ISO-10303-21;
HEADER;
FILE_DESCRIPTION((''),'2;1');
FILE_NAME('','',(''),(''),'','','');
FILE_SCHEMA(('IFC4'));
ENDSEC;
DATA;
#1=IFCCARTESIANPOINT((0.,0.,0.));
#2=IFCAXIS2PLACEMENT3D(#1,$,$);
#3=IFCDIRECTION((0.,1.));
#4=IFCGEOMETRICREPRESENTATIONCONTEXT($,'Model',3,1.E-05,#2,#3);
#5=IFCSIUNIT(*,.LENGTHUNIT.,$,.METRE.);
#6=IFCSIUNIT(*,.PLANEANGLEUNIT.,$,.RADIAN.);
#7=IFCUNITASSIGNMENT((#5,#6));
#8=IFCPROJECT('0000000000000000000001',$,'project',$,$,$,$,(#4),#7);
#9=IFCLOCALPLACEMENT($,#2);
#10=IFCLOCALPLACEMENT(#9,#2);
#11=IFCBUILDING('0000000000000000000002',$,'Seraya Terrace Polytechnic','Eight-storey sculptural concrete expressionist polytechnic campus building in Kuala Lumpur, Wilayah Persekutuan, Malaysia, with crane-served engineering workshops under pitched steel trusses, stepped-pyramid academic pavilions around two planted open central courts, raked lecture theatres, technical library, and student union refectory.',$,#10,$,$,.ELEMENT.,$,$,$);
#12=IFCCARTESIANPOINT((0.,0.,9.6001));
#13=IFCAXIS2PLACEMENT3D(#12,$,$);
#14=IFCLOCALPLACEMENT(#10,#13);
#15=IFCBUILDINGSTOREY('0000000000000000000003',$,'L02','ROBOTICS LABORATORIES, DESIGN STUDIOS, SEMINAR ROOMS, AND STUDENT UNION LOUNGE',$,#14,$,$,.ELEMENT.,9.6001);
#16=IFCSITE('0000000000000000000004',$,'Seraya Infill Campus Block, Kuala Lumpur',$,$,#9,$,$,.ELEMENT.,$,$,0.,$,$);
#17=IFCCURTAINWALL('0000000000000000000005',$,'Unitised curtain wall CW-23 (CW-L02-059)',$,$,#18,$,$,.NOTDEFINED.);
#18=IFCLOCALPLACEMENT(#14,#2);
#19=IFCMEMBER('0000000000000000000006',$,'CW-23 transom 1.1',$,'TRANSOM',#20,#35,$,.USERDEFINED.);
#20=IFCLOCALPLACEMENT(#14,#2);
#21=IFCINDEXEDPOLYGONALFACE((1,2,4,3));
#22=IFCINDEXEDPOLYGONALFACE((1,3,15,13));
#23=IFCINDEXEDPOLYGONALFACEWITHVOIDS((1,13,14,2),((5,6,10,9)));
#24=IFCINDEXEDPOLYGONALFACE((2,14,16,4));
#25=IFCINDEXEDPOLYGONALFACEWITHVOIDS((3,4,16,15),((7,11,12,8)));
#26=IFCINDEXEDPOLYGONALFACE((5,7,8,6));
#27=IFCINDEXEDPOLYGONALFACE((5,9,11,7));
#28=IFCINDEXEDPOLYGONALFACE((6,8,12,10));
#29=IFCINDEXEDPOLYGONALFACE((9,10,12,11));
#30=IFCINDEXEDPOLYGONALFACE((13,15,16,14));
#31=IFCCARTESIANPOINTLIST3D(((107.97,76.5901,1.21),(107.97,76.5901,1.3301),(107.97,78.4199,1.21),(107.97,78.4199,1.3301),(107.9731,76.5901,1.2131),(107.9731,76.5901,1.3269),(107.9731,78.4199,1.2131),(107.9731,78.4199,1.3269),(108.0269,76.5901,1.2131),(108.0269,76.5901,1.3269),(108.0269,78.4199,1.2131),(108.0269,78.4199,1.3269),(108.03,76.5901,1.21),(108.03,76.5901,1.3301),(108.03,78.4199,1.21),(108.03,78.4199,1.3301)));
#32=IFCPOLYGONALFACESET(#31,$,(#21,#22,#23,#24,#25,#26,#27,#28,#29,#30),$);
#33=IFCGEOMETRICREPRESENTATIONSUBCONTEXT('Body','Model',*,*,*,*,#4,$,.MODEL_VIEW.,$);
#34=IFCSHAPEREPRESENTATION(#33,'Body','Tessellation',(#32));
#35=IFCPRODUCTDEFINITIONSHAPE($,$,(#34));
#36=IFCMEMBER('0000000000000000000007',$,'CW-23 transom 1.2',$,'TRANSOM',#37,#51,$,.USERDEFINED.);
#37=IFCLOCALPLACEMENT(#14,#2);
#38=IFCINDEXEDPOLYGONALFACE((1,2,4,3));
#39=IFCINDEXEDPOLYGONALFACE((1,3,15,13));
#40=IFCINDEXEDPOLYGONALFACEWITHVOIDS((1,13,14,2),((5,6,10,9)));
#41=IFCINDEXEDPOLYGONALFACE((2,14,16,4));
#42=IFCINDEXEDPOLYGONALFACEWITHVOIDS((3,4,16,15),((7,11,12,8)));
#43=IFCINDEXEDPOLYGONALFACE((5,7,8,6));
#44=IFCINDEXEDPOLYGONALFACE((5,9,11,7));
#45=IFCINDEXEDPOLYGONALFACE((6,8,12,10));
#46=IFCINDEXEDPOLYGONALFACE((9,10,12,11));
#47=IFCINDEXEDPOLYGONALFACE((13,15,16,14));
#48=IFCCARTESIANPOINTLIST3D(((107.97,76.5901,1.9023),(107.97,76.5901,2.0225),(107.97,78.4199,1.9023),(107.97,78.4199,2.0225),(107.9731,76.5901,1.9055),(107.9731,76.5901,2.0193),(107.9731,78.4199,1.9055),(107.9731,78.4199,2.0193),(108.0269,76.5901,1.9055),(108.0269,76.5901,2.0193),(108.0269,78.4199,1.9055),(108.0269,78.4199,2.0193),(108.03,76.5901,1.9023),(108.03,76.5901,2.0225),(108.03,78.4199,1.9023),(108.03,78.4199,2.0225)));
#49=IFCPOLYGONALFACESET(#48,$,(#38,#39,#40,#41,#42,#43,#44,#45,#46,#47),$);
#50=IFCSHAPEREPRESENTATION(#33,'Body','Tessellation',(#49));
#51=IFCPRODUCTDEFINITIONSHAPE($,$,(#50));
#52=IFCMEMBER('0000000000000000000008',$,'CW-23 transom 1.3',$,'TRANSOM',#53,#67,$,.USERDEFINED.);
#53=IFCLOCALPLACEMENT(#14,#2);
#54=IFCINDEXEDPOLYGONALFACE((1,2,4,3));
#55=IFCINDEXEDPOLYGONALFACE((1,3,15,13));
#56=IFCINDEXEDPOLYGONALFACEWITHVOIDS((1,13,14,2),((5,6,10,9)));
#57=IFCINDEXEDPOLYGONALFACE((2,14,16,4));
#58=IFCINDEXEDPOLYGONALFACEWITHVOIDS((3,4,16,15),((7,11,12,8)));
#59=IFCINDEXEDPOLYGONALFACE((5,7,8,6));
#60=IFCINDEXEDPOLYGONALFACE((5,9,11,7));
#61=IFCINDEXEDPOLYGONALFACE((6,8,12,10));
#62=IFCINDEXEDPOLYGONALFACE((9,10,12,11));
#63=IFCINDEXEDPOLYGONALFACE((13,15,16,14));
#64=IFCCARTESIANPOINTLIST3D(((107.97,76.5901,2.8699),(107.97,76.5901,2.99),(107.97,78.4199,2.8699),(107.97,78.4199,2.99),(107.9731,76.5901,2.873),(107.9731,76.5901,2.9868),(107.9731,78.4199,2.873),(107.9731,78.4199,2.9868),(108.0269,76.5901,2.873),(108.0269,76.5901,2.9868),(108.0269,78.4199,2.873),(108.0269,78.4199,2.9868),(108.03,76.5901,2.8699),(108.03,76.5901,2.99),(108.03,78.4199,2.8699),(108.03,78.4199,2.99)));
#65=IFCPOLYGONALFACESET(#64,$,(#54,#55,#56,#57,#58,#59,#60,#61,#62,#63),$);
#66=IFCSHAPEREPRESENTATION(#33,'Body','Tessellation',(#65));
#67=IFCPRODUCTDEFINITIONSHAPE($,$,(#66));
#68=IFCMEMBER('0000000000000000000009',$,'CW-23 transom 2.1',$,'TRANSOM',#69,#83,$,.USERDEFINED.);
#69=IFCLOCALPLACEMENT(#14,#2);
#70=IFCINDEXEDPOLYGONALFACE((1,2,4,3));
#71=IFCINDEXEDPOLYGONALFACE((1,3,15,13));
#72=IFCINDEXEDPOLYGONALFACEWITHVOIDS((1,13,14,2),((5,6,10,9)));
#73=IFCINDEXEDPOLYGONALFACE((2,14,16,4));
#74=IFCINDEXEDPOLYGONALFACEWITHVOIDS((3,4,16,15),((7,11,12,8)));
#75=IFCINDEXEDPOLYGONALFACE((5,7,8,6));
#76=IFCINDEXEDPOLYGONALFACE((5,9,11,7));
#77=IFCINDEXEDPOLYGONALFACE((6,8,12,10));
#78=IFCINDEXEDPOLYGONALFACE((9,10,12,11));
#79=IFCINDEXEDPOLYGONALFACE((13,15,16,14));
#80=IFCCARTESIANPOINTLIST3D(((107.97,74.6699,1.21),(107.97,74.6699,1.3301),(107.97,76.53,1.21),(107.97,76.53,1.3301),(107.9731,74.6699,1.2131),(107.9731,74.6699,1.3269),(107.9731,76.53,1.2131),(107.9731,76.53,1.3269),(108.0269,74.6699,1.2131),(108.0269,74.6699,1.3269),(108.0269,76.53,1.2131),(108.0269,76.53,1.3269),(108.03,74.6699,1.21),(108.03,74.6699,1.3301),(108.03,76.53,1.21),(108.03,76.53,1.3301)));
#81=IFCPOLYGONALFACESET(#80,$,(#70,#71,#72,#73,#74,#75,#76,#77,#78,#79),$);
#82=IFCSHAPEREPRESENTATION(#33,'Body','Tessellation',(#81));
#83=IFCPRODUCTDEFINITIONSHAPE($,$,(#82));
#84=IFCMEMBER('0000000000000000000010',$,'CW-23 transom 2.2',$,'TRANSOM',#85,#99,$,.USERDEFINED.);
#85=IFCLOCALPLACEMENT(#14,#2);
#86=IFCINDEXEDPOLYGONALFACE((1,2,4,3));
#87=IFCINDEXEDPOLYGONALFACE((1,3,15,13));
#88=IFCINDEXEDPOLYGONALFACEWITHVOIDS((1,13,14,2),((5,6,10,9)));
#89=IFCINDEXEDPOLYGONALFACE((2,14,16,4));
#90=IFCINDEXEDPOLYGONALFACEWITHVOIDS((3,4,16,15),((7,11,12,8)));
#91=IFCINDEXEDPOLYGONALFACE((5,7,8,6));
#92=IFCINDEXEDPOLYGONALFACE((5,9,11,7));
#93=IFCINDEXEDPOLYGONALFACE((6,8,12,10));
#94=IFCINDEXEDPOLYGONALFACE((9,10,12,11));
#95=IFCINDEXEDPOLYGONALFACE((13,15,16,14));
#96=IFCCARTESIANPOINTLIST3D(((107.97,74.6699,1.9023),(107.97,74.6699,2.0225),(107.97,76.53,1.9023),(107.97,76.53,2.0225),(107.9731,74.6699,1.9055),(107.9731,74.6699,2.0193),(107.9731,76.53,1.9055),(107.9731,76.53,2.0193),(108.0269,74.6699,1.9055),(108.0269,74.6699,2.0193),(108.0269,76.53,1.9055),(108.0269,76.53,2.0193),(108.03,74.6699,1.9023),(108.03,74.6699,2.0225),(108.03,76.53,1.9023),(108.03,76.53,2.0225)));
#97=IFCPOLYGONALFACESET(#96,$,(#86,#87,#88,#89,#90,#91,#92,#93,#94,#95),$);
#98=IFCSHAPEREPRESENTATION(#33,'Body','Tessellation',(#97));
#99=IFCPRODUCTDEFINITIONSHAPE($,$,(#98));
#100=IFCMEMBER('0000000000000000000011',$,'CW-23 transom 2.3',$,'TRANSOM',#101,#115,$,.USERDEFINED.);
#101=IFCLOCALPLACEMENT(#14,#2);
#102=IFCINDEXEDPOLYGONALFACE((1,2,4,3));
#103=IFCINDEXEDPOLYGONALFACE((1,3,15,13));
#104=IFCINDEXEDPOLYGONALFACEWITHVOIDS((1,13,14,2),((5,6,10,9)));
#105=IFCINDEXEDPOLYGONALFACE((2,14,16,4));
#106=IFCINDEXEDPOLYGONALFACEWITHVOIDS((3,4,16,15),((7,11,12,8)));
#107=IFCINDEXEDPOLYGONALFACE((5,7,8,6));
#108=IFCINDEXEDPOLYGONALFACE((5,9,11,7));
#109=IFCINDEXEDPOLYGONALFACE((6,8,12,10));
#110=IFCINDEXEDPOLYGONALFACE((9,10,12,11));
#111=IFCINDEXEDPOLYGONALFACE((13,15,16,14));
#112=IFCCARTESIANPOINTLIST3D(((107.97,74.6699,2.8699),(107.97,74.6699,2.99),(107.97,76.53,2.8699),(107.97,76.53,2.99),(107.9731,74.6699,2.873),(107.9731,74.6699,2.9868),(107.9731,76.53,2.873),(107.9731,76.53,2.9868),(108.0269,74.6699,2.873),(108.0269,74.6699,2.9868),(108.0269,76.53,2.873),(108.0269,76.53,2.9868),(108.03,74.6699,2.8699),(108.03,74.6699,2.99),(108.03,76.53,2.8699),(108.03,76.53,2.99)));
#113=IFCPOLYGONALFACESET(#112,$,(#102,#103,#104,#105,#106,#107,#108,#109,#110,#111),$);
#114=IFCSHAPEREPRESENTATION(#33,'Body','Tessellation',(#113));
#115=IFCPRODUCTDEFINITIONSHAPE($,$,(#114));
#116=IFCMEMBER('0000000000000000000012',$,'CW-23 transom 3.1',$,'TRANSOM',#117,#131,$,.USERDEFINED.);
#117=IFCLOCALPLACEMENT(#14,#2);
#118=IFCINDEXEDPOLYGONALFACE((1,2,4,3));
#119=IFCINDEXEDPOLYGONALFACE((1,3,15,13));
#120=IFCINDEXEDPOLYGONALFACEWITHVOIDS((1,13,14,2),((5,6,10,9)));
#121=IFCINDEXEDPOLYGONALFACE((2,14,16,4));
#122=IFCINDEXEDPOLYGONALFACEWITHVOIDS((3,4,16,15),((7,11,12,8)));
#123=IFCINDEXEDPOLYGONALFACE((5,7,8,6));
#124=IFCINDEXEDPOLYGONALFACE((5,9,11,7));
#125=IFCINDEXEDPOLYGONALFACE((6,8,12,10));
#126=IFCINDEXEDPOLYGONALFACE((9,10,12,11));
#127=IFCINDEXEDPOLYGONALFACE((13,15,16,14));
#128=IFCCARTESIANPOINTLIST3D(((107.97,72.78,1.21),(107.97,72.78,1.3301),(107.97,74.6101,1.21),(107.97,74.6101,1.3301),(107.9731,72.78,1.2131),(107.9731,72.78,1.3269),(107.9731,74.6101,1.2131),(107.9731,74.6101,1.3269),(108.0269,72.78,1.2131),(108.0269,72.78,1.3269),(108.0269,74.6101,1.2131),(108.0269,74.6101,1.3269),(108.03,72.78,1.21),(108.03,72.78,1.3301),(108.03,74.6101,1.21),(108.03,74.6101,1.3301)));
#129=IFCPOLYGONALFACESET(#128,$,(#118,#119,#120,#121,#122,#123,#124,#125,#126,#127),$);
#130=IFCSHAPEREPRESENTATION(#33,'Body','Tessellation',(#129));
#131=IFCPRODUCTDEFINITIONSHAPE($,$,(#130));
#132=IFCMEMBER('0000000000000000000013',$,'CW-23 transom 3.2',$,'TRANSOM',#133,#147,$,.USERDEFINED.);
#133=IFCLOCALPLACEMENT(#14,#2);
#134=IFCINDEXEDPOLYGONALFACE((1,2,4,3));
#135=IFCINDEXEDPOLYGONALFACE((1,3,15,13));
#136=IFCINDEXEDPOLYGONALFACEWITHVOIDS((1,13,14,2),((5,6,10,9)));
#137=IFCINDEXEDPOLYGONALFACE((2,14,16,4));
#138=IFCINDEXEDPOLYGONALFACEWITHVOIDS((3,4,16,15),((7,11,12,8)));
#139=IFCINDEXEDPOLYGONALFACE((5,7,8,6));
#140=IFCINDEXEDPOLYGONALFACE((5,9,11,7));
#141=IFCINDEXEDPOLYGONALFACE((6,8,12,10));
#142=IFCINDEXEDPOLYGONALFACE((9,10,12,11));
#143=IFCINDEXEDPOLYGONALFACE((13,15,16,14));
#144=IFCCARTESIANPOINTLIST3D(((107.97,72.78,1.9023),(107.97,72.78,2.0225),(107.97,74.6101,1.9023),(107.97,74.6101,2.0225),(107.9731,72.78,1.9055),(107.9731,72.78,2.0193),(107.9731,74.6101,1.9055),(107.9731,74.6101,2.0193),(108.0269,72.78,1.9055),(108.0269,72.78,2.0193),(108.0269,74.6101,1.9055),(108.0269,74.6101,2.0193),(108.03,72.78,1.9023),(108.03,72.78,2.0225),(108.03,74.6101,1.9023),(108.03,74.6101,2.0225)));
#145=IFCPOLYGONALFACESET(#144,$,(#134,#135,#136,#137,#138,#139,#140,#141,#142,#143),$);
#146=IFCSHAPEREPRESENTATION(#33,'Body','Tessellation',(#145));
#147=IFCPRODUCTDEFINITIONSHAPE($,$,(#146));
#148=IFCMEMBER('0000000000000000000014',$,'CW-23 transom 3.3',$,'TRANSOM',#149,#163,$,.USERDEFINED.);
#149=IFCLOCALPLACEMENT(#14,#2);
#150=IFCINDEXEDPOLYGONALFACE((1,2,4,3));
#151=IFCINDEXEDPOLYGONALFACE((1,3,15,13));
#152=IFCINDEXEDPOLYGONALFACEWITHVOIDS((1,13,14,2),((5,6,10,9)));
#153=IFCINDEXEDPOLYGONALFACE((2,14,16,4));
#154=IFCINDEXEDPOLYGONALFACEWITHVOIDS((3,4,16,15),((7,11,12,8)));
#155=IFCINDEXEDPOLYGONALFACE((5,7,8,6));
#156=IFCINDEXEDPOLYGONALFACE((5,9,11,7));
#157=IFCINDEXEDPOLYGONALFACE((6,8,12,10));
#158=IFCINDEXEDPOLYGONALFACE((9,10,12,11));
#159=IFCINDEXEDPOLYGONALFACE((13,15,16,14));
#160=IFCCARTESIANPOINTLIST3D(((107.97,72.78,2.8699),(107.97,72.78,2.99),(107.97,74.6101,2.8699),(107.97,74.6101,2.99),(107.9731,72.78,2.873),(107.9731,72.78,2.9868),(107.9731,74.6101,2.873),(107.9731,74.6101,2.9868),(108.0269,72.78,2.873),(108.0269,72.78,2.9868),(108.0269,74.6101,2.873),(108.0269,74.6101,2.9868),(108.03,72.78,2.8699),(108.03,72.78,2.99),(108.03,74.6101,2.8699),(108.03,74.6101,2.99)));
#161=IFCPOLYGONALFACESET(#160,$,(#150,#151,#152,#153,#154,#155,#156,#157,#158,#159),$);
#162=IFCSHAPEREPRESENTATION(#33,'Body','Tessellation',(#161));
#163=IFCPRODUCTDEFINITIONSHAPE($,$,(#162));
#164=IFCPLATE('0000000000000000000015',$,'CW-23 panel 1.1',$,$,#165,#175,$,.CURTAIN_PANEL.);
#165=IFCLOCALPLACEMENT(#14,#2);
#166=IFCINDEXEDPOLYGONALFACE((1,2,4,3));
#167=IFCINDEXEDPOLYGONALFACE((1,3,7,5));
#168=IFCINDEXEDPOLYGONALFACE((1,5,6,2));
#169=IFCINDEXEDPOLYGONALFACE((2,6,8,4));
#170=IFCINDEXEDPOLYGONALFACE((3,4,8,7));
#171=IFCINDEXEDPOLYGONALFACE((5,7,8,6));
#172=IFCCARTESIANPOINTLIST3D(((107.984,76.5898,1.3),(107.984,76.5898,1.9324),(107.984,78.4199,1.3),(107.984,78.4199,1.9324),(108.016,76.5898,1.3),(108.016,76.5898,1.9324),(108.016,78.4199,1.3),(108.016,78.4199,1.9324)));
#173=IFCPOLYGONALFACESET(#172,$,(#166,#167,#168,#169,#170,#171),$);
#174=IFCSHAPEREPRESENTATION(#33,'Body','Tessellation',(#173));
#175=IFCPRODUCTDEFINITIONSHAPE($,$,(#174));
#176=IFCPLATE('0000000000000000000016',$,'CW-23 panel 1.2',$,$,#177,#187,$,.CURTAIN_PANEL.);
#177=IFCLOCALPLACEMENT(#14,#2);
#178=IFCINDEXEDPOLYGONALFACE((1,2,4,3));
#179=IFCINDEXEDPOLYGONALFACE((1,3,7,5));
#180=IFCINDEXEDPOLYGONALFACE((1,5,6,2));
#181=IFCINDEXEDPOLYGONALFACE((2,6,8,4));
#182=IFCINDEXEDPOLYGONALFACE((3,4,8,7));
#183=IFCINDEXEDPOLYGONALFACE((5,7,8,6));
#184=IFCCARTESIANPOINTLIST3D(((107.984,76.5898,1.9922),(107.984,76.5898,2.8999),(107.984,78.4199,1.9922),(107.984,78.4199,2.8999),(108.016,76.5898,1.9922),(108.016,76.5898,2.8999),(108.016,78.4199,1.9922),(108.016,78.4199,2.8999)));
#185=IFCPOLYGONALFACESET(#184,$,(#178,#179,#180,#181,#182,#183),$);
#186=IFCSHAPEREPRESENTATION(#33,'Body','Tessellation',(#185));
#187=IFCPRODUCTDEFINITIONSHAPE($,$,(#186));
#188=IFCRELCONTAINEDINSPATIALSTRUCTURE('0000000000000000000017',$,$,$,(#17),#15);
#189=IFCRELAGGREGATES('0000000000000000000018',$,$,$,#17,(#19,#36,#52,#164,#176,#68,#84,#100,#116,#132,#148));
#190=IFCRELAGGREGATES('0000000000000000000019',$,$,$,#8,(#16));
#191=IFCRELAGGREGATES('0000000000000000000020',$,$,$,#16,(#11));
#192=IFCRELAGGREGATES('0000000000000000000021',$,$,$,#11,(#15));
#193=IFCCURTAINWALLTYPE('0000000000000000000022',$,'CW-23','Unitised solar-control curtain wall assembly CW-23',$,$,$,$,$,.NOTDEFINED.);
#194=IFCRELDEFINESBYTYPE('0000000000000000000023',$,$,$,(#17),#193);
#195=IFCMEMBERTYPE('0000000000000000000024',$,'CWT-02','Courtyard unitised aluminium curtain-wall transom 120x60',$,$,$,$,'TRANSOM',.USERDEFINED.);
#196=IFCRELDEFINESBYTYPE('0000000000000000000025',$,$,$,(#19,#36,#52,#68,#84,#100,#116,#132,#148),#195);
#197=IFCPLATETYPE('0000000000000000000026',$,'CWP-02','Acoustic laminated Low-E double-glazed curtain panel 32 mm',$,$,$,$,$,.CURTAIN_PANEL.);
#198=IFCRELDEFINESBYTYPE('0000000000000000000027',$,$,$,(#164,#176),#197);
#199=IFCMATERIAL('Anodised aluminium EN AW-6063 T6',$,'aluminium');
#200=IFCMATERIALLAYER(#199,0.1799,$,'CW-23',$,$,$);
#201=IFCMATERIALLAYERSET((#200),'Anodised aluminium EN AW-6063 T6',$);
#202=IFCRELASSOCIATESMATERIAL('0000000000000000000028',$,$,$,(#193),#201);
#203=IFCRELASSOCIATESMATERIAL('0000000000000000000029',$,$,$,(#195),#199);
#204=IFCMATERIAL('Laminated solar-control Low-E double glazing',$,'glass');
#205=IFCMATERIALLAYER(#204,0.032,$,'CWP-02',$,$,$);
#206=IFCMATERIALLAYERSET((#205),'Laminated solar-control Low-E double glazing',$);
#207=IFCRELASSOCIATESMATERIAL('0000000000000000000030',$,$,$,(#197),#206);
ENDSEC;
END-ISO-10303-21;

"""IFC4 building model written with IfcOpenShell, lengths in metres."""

from ifc_helpers import new_model, si_unit, direction, frame, origin, origin_2d, place, context, subcontext, project, spatial, rectangle, hollow_rectangle, extrude, material, layer, layer_set, material_profile, profile_set, type_object, element, aggregate, save


model = new_model("IFC4")

# Units and contexts
model_context = context("Model", 3, precision=1e-05, world=origin(), true_north=direction((0.0, 1.0)))
body_context = subcontext(model_context, "Body", "Model", "MODEL_VIEW")
ifc_project = project(units=[si_unit("LENGTHUNIT", "METRE"), si_unit("PLANEANGLEUNIT", "RADIAN")], contexts=[model_context])

# Site, building, storey
site_placement = place(None, origin())
site = spatial("IfcSite", under=ifc_project, at=site_placement, Name="Seraya Infill Campus Block, Kuala Lumpur", CompositionType="ELEMENT", RefElevation=0.0)
building_placement = place(site_placement, origin())
building = spatial("IfcBuilding", under=site, at=building_placement, Name="Seraya Terrace Polytechnic", Description="Eight-storey sculptural concrete expressionist polytechnic campus building in Kuala Lumpur, Wilayah Persekutuan, Malaysia, with crane-served engineering workshops under pitched steel trusses, stepped-pyramid academic pavilions around two planted open central courts, raked lecture theatres, technical library, and student union refectory.", CompositionType="ELEMENT")
storey_placement = place(building_placement, frame((0.0, 0.0, 9.6001)))
storey = spatial("IfcBuildingStorey", under=building, at=storey_placement, Name="L02", Description="ROBOTICS LABORATORIES, DESIGN STUDIOS, SEMINAR ROOMS, AND STUDENT UNION LOUNGE", CompositionType="ELEMENT", Elevation=9.6001)

# Curtain wall, members, plates
ifc_material_1 = material(Name="Anodised aluminium EN AW-6063 T6", Category="aluminium")
ifc_layer_1 = layer(ifc_material_1, 0.1799, Name="CW-23")
ifc_layer_set_1 = layer_set([ifc_layer_1], Name="Anodised aluminium EN AW-6063 T6")
curtain_wall_type = type_object("IfcCurtainWallType", Name="CW-23", Description="Unitised solar-control curtain wall assembly CW-23", PredefinedType="NOTDEFINED", material=ifc_layer_set_1)
curtain_wall_placement = place(storey_placement, origin())
curtain_wall = element("IfcCurtainWall", 1, at=curtain_wall_placement, inside=storey, type_object=curtain_wall_type, Name="Unitised curtain wall CW-23 (CW-L02-059)", PredefinedType="NOTDEFINED")
ifc_material_profile_1 = material_profile(ifc_material_1, hollow_rectangle(XDim=0.0601, YDim=0.1201, WallThickness=0.0032, at=origin_2d()), Name="RHS 120x60x3.2")
ifc_profile_set_1 = profile_set([ifc_material_profile_1], Name="Anodised aluminium EN AW-6063 T6")
member_type_1 = type_object("IfcMemberType", Name="CWT-02", Description="Courtyard unitised aluminium curtain-wall transom 120x60", ElementType="TRANSOM", PredefinedType="USERDEFINED", material=ifc_profile_set_1)
member_1_placement = place(storey_placement, frame((108.0, 78.4199, 1.27), z_axis=(0.0, -1.0, 0.0), x_axis=(1.0, 0.0, 0.0)))
member_1 = element("IfcMember", 2, at=member_1_placement, type_object=member_type_1, Name="CW-23 transom 1.1", ObjectType="TRANSOM", PredefinedType="USERDEFINED", context=body_context, shape_type="SweptSolid", body=[
    extrude(hollow_rectangle(XDim=0.0601, YDim=0.1201, WallThickness=0.0032, at=origin_2d()), origin(), (0.0, 0.0, 1.0), 1.8298),
])
member_2_placement = place(storey_placement, frame((108.0, 78.4199, 1.9624), z_axis=(0.0, -1.0, 0.0), x_axis=(1.0, 0.0, 0.0)))
member_2 = element("IfcMember", 3, at=member_2_placement, type_object=member_type_1, Name="CW-23 transom 1.2", ObjectType="TRANSOM", PredefinedType="USERDEFINED", context=body_context, shape_type="SweptSolid", body=[
    extrude(hollow_rectangle(XDim=0.0601, YDim=0.1201, WallThickness=0.0032, at=origin_2d()), origin(), (0.0, 0.0, 1.0), 1.8298),
])
member_3_placement = place(storey_placement, frame((108.0, 78.4199, 2.9299), z_axis=(0.0, -1.0, 0.0), x_axis=(1.0, 0.0, 0.0)))
member_3 = element("IfcMember", 4, at=member_3_placement, type_object=member_type_1, Name="CW-23 transom 1.3", ObjectType="TRANSOM", PredefinedType="USERDEFINED", context=body_context, shape_type="SweptSolid", body=[
    extrude(hollow_rectangle(XDim=0.0601, YDim=0.1201, WallThickness=0.0032, at=origin_2d()), origin(), (0.0, 0.0, 1.0), 1.8298),
])
member_4_placement = place(storey_placement, frame((108.0, 76.53, 1.27), z_axis=(0.0, -1.0, 0.0), x_axis=(1.0, 0.0, 0.0)))
member_4 = element("IfcMember", 5, at=member_4_placement, type_object=member_type_1, Name="CW-23 transom 2.1", ObjectType="TRANSOM", PredefinedType="USERDEFINED", context=body_context, shape_type="SweptSolid", body=[
    extrude(hollow_rectangle(XDim=0.0601, YDim=0.1201, WallThickness=0.0032, at=origin_2d()), origin(), (0.0, 0.0, 1.0), 1.8601),
])
member_5_placement = place(storey_placement, frame((108.0, 76.53, 1.9624), z_axis=(0.0, -1.0, 0.0), x_axis=(1.0, 0.0, 0.0)))
member_5 = element("IfcMember", 6, at=member_5_placement, type_object=member_type_1, Name="CW-23 transom 2.2", ObjectType="TRANSOM", PredefinedType="USERDEFINED", context=body_context, shape_type="SweptSolid", body=[
    extrude(hollow_rectangle(XDim=0.0601, YDim=0.1201, WallThickness=0.0032, at=origin_2d()), origin(), (0.0, 0.0, 1.0), 1.8601),
])
member_6_placement = place(storey_placement, frame((108.0, 76.53, 2.9299), z_axis=(0.0, -1.0, 0.0), x_axis=(1.0, 0.0, 0.0)))
member_6 = element("IfcMember", 7, at=member_6_placement, type_object=member_type_1, Name="CW-23 transom 2.3", ObjectType="TRANSOM", PredefinedType="USERDEFINED", context=body_context, shape_type="SweptSolid", body=[
    extrude(hollow_rectangle(XDim=0.0601, YDim=0.1201, WallThickness=0.0032, at=origin_2d()), origin(), (0.0, 0.0, 1.0), 1.8601),
])
member_7_placement = place(storey_placement, frame((108.0, 74.6101, 1.27), z_axis=(0.0, -1.0, 0.0), x_axis=(1.0, 0.0, 0.0)))
member_7 = element("IfcMember", 8, at=member_7_placement, type_object=member_type_1, Name="CW-23 transom 3.1", ObjectType="TRANSOM", PredefinedType="USERDEFINED", context=body_context, shape_type="SweptSolid", body=[
    extrude(hollow_rectangle(XDim=0.0601, YDim=0.1201, WallThickness=0.0032, at=origin_2d()), origin(), (0.0, 0.0, 1.0), 1.8301),
])
member_8_placement = place(storey_placement, frame((108.0, 74.6101, 1.9624), z_axis=(0.0, -1.0, 0.0), x_axis=(1.0, 0.0, 0.0)))
member_8 = element("IfcMember", 9, at=member_8_placement, type_object=member_type_1, Name="CW-23 transom 3.2", ObjectType="TRANSOM", PredefinedType="USERDEFINED", context=body_context, shape_type="SweptSolid", body=[
    extrude(hollow_rectangle(XDim=0.0601, YDim=0.1201, WallThickness=0.0032, at=origin_2d()), origin(), (0.0, 0.0, 1.0), 1.8301),
])
member_9_placement = place(storey_placement, frame((108.0, 74.6101, 2.9299), z_axis=(0.0, -1.0, 0.0), x_axis=(1.0, 0.0, 0.0)))
member_9 = element("IfcMember", 10, at=member_9_placement, type_object=member_type_1, Name="CW-23 transom 3.3", ObjectType="TRANSOM", PredefinedType="USERDEFINED", context=body_context, shape_type="SweptSolid", body=[
    extrude(hollow_rectangle(XDim=0.0601, YDim=0.1201, WallThickness=0.0032, at=origin_2d()), origin(), (0.0, 0.0, 1.0), 1.8301),
])
ifc_material_2 = material(Name="Laminated solar-control Low-E double glazing", Category="glass")
ifc_layer_2 = layer(ifc_material_2, 0.032, Name="CWP-02")
ifc_layer_set_2 = layer_set([ifc_layer_2], Name="Laminated solar-control Low-E double glazing")
plate_type_1 = type_object("IfcPlateType", Name="CWP-02", Description="Acoustic laminated Low-E double-glazed curtain panel 32 mm", PredefinedType="CURTAIN_PANEL", material=ifc_layer_set_2)
plate_1_placement = place(storey_placement, frame((108.0, 77.5049, 1.3), z_axis=(0.0, 0.0, 1.0), x_axis=(0.0, -1.0, 0.0)))
plate_1 = element("IfcPlate", 11, at=plate_1_placement, type_object=plate_type_1, Name="CW-23 panel 1.1", PredefinedType="CURTAIN_PANEL", context=body_context, shape_type="SweptSolid", body=[
    extrude(rectangle(XDim=1.8301, YDim=0.032, at=origin_2d()), origin(), (0.0, 0.0, 1.0), 0.6323),
])
plate_2_placement = place(storey_placement, frame((108.0, 77.5049, 1.9922), z_axis=(0.0, 0.0, 1.0), x_axis=(0.0, -1.0, 0.0)))
plate_2 = element("IfcPlate", 12, at=plate_2_placement, type_object=plate_type_1, Name="CW-23 panel 1.2", PredefinedType="CURTAIN_PANEL", context=body_context, shape_type="SweptSolid", body=[
    extrude(rectangle(XDim=1.8301, YDim=0.032, at=origin_2d()), origin(), (0.0, 0.0, 1.0), 0.9077),
])
aggregate(curtain_wall, [member_1, member_2, member_3, plate_1, plate_2, member_4, member_5, member_6, member_7, member_8, member_9])

save(model, "model.ifc")
